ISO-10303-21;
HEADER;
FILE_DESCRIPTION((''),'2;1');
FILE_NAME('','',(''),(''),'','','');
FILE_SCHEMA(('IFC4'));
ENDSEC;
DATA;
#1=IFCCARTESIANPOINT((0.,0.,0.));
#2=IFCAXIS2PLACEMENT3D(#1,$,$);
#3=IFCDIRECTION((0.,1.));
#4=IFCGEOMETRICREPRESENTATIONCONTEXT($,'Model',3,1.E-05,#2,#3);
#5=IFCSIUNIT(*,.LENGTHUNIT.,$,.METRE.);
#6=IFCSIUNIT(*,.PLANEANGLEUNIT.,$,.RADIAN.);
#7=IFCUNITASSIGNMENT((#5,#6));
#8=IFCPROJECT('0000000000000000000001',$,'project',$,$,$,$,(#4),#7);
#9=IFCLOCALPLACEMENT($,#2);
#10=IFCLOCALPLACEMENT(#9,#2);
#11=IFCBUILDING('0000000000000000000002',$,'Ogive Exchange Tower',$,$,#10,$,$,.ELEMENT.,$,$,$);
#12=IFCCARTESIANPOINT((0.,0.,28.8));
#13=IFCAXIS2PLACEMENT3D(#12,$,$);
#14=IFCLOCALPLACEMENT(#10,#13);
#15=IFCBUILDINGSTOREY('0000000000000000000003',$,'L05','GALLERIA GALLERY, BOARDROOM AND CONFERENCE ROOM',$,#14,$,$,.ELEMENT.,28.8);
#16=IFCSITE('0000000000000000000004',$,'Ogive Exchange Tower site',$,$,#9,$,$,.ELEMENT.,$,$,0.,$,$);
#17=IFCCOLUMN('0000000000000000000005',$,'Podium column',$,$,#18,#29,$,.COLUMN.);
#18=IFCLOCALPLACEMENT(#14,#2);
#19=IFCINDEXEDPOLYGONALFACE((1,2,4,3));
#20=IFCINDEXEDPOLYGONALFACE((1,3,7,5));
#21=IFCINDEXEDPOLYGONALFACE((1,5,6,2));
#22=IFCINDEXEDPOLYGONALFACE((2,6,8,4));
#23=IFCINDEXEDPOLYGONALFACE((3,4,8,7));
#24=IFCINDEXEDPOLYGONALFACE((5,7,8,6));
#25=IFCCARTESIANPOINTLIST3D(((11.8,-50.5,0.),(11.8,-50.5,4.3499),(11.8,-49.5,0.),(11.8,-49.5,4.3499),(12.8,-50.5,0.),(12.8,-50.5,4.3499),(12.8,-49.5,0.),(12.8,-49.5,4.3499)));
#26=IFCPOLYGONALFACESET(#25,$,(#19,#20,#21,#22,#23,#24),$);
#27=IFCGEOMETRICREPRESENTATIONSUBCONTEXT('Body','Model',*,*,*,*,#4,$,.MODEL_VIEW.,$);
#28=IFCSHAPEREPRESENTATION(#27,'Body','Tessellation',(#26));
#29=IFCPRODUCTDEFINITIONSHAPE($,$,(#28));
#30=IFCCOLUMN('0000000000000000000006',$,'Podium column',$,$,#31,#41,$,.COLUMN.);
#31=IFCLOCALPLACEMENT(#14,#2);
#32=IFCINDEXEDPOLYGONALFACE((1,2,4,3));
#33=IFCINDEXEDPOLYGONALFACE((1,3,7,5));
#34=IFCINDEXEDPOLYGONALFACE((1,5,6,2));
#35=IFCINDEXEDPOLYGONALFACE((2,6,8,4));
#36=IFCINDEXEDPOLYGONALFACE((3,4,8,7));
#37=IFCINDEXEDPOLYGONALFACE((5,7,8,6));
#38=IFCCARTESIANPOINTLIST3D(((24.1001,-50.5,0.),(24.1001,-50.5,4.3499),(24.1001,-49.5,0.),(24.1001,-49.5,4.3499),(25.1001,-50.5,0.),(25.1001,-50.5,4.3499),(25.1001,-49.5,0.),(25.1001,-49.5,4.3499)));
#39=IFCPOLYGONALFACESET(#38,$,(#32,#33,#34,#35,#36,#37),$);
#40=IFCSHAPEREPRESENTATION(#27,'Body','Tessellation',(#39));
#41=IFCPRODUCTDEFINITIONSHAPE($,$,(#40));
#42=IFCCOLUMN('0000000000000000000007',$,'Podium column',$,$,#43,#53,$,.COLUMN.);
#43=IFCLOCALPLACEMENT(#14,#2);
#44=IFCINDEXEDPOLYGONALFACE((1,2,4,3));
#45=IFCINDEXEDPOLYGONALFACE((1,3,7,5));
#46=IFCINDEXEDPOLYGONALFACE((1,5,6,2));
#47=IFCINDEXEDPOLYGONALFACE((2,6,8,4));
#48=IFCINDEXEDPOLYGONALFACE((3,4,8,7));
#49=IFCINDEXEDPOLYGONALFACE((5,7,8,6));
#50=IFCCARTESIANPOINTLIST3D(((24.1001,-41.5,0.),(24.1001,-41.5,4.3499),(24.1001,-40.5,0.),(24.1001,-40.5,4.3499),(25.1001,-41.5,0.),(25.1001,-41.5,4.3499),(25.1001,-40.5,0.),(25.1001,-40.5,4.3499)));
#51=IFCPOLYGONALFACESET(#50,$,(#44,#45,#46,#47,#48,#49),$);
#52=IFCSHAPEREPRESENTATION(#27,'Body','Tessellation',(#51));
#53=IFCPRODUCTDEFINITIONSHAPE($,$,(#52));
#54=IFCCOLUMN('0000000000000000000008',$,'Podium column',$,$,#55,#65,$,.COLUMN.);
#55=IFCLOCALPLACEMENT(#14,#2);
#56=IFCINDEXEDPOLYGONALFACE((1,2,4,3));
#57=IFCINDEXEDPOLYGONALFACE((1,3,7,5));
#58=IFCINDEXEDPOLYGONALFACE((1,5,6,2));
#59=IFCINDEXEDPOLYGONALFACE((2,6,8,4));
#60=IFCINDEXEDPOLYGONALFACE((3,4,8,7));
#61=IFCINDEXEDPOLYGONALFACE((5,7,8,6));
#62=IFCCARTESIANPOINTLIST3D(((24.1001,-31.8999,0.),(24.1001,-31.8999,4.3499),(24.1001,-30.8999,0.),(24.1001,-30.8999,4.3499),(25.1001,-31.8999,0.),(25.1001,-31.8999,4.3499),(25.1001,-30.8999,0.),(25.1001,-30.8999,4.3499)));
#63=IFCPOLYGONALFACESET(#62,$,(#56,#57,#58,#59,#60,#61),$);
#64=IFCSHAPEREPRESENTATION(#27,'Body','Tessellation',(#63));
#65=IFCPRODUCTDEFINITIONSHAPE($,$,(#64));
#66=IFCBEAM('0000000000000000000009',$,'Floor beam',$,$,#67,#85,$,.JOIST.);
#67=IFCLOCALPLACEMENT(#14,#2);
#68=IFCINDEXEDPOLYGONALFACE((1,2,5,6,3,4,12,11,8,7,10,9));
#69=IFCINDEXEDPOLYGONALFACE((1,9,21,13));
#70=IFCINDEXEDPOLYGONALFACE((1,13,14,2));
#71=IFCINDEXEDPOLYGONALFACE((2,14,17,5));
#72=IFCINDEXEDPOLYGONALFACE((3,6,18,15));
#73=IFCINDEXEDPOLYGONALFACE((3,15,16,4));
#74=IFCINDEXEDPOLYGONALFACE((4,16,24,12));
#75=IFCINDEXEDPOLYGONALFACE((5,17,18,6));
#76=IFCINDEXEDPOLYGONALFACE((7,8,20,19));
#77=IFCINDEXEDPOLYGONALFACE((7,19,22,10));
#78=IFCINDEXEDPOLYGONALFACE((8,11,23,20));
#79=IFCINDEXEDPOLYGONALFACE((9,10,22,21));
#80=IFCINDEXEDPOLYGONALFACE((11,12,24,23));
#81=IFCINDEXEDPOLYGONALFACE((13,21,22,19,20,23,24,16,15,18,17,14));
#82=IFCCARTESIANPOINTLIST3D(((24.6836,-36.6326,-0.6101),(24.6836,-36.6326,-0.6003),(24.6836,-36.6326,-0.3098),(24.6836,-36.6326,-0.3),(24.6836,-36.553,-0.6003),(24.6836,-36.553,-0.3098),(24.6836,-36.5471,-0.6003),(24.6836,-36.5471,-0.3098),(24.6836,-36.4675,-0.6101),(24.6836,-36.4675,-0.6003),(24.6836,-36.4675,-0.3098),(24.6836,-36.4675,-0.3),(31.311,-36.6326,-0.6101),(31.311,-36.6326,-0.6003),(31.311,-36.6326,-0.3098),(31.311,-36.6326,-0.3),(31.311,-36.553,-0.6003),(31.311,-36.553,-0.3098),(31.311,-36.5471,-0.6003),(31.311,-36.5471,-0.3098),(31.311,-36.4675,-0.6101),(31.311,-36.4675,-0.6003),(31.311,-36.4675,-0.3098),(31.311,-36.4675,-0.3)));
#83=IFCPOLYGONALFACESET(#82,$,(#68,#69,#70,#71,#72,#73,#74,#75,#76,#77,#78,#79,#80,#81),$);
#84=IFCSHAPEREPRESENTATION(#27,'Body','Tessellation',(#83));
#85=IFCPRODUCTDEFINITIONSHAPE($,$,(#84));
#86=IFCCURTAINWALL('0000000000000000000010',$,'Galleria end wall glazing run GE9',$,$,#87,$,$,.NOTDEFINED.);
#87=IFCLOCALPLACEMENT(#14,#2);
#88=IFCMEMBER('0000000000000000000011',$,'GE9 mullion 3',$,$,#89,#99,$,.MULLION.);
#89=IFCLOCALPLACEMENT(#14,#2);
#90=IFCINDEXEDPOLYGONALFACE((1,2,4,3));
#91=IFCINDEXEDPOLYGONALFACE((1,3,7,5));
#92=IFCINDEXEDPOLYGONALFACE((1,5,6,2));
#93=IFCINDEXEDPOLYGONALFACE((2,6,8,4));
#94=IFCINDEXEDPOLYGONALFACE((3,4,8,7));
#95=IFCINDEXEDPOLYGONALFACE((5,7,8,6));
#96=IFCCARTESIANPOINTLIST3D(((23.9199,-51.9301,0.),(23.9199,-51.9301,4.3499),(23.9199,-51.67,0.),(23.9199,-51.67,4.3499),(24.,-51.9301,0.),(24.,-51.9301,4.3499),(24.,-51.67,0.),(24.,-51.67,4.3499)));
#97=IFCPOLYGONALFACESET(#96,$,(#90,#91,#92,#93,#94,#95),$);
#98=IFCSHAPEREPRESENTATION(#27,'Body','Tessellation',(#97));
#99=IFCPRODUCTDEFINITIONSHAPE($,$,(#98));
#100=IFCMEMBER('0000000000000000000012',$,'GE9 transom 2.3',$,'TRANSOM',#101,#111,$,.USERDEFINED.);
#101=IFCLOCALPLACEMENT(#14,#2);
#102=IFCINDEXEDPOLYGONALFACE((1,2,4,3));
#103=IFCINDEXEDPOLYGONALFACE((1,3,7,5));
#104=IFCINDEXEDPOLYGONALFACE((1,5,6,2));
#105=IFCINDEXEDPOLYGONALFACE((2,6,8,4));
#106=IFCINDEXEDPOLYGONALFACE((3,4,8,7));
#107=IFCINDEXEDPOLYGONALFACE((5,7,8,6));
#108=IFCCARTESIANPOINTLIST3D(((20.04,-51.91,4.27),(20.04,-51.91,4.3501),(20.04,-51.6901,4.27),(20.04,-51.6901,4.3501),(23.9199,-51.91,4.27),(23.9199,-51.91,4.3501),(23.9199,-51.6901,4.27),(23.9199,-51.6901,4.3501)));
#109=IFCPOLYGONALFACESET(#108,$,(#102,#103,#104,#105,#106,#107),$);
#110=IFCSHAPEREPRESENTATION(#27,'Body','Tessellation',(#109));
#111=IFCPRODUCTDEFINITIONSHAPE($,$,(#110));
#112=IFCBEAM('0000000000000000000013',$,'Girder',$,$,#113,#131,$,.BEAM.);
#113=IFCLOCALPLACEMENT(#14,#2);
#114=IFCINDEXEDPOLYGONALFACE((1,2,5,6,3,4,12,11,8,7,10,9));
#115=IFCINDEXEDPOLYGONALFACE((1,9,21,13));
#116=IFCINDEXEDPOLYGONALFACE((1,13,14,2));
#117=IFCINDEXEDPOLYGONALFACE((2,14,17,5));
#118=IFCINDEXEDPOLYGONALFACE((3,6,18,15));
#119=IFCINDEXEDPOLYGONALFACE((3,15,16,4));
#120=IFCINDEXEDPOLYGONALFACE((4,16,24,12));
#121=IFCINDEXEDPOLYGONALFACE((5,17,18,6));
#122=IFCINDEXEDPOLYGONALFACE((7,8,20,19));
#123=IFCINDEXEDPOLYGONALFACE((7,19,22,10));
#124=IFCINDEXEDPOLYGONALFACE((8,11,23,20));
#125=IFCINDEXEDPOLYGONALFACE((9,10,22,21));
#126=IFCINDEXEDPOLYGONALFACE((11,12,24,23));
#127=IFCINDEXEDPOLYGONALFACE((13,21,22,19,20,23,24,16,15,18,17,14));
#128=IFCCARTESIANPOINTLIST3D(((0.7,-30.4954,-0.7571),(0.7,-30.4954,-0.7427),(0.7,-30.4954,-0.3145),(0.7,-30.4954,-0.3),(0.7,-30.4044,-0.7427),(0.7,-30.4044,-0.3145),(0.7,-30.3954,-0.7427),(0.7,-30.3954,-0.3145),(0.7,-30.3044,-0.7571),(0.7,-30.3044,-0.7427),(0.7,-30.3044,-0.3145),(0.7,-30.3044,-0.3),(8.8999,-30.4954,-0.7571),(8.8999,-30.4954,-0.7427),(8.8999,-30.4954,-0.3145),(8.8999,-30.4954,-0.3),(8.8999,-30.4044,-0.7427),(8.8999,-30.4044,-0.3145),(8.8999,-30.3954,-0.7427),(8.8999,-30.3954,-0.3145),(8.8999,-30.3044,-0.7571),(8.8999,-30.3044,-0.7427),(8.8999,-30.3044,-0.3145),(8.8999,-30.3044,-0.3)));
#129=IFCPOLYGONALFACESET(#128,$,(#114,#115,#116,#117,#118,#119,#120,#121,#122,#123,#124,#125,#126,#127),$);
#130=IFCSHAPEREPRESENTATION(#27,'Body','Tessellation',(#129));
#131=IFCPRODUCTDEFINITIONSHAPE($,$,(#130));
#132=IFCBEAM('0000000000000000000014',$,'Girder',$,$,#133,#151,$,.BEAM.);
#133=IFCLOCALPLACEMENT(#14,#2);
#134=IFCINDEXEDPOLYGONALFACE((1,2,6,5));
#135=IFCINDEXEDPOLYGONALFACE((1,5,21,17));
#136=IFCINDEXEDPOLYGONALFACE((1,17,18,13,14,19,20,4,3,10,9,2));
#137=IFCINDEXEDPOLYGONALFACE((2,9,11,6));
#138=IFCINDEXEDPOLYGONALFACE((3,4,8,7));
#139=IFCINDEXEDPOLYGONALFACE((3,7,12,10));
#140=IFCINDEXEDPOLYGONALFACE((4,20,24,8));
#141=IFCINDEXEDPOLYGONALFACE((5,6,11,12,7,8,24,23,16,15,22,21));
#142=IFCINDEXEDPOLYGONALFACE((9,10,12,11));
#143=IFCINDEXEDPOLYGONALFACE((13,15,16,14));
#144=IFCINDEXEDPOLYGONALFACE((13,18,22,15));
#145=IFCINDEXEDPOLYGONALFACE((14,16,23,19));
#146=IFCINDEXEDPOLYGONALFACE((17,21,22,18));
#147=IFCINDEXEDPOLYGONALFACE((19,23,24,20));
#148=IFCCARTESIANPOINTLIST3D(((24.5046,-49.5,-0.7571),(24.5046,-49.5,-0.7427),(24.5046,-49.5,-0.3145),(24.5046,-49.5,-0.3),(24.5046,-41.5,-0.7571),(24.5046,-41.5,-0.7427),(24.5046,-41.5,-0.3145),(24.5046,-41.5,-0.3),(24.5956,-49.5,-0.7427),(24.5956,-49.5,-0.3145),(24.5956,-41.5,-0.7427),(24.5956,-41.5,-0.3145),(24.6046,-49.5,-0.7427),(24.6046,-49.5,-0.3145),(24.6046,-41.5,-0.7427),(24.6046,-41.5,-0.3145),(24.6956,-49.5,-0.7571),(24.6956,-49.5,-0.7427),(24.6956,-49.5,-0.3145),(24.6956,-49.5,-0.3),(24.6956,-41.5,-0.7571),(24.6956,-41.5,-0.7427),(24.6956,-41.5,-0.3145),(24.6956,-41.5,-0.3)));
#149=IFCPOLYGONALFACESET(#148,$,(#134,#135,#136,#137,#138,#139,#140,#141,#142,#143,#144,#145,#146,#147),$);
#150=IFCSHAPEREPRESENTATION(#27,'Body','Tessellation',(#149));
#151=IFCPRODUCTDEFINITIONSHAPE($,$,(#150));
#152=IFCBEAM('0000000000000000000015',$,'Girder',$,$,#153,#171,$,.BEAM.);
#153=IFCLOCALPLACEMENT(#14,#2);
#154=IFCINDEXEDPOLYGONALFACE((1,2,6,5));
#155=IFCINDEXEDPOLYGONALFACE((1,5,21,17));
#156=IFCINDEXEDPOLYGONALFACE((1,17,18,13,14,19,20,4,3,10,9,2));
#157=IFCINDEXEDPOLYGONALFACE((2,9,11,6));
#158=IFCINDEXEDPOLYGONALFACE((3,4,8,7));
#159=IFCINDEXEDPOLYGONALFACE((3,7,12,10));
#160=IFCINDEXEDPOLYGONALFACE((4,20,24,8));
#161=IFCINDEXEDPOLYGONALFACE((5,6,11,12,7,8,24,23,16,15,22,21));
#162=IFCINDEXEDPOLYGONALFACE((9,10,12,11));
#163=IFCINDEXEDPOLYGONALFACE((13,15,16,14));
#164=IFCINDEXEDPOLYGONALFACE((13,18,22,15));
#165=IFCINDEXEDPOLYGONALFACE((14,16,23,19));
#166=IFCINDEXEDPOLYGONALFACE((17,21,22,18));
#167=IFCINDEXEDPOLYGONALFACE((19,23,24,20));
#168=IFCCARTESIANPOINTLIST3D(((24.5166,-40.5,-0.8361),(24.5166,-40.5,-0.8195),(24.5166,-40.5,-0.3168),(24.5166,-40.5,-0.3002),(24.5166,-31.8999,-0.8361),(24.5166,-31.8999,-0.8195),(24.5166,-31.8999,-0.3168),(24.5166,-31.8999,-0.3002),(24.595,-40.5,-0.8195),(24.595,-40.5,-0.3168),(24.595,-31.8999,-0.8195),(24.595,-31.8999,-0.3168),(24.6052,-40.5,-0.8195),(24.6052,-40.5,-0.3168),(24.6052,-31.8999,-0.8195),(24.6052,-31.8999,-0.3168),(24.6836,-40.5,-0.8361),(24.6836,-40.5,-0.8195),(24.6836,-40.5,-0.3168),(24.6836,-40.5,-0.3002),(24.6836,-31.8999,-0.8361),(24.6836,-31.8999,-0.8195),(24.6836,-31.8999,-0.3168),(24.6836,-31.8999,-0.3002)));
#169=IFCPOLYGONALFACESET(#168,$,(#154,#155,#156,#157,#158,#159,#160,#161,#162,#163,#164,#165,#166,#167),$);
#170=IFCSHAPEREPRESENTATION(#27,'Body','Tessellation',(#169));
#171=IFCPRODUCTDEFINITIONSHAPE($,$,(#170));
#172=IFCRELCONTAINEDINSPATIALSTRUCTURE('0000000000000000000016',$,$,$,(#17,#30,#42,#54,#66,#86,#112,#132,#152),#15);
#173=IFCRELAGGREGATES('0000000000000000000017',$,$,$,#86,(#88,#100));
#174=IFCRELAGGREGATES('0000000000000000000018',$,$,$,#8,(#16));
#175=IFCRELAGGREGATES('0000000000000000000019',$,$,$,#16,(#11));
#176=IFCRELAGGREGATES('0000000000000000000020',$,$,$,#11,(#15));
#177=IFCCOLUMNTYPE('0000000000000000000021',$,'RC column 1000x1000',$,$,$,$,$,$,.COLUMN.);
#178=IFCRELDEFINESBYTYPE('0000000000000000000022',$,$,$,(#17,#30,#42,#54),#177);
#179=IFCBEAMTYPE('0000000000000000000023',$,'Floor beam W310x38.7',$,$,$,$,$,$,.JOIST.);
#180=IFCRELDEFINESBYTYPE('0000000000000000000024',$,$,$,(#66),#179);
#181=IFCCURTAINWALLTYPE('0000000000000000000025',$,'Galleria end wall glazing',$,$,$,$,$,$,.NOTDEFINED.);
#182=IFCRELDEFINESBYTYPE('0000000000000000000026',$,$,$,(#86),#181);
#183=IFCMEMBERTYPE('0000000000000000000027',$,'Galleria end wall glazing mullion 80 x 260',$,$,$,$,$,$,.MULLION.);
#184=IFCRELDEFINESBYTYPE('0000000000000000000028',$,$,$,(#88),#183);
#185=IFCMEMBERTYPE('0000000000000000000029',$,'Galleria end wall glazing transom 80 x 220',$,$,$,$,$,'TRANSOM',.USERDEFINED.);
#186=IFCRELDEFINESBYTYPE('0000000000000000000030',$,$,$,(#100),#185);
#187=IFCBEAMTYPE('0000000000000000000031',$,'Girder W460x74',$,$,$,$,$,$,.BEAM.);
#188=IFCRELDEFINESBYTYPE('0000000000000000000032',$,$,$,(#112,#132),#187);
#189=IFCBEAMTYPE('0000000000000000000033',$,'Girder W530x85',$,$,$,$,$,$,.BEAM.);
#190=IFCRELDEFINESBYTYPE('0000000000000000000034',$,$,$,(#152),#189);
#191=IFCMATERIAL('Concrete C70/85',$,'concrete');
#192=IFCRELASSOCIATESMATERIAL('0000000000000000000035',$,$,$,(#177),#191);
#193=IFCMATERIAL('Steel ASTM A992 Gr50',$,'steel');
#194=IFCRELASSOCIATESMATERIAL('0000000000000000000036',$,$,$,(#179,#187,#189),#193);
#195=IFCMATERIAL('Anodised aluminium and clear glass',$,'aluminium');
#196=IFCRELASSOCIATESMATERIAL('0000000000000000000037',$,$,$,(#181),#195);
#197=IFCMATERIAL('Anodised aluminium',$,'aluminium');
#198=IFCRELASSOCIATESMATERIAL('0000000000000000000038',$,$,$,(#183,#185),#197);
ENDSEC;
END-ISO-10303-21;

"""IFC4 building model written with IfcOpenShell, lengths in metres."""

from ifc_helpers import new_model, si_unit, direction, frame, origin, origin_2d, place, context, subcontext, project, spatial, rectangle, i_section, extrude, material, material_profile, profile_set, type_object, element, aggregate, save


model = new_model("IFC4")

# Units and contexts
model_context = context("Model", 3, precision=1e-05, world=origin(), true_north=direction((0.0, 1.0)))
body_context = subcontext(model_context, "Body", "Model", "MODEL_VIEW")
ifc_project = project(units=[si_unit("LENGTHUNIT", "METRE"), si_unit("PLANEANGLEUNIT", "RADIAN")], contexts=[model_context])

# Site, building, storey
site_placement = place(None, origin())
site = spatial("IfcSite", under=ifc_project, at=site_placement, Name="Ogive Exchange Tower site", CompositionType="ELEMENT", RefElevation=0.0)
building_placement = place(site_placement, origin())
building = spatial("IfcBuilding", under=site, at=building_placement, Name="Ogive Exchange Tower", CompositionType="ELEMENT")
storey_placement = place(building_placement, frame((0.0, 0.0, 28.8)))
storey = spatial("IfcBuildingStorey", under=building, at=storey_placement, Name="L05", Description="GALLERIA GALLERY, BOARDROOM AND CONFERENCE ROOM", CompositionType="ELEMENT", Elevation=28.8)

# Columns
ifc_material_1 = material(Name="Concrete C70/85", Category="concrete")
ifc_material_profile_1 = material_profile(ifc_material_1, rectangle(XDim=1.0, YDim=1.0, at=origin_2d()), Name="RC 1000x1000")
ifc_profile_set_1 = profile_set([ifc_material_profile_1], Name="Concrete C70/85")
column_type = type_object("IfcColumnType", Name="RC column 1000x1000", PredefinedType="COLUMN", material=ifc_profile_set_1)
for number, where, z_axis, x_axis, name in (
    (1, (12.3, -50.0, 0.0), (0.0, 0.0, 1.0), (1.0, 0.0, 0.0), "Podium column"),
    (2, (24.6001, -50.0, 0.0), (0.0, 0.0, 1.0), (1.0, 0.0, 0.0), "Podium column"),
    (3, (24.6001, -41.0, 0.0), (0.0, 0.0, 1.0), (1.0, 0.0, 0.0), "Podium column"),
    (4, (24.6001, -31.3999, 0.0), (0.0, 0.0, 1.0), (1.0, 0.0, 0.0), "Podium column"),
):
    element("IfcColumn", number, at=place(storey_placement, frame(where, z_axis=z_axis, x_axis=x_axis)), inside=storey, type_object=column_type, Name=name, PredefinedType="COLUMN", context=body_context, shape_type="SweptSolid", body=[
        extrude(rectangle(XDim=1.0, YDim=1.0, at=origin_2d()), origin(), (0.0, 0.0, 1.0), 4.3499),
    ])

# Beam
ifc_material_2 = material(Name="Steel ASTM A992 Gr50", Category="steel")
ifc_material_profile_2 = material_profile(ifc_material_2, i_section(OverallWidth=0.165, OverallDepth=0.3101, WebThickness=0.0059, FlangeThickness=0.0098, at=origin_2d()), Name="W310x38.7")
ifc_profile_set_2 = profile_set([ifc_material_profile_2], Name="Steel ASTM A992 Gr50")
beam_type_1 = type_object("IfcBeamType", Name="Floor beam W310x38.7", PredefinedType="JOIST", material=ifc_profile_set_2)
beam_1_placement = place(storey_placement, frame((24.6836, -36.55, -0.4551), z_axis=(1.0, 0.0, 0.0), x_axis=(0.0, 1.0, 0.0)))
element("IfcBeam", 5, at=beam_1_placement, inside=storey, type_object=beam_type_1, Name="Floor beam", PredefinedType="JOIST", context=body_context, shape_type="SweptSolid", body=[
    extrude(i_section(OverallWidth=0.165, OverallDepth=0.3101, WebThickness=0.0059, FlangeThickness=0.0098, at=origin_2d()), origin(), (0.0, 0.0, 1.0), 6.6274),
])

# Curtain wall, members
ifc_material_3 = material(Name="Anodised aluminium and clear glass", Category="aluminium")
curtain_wall_type = type_object("IfcCurtainWallType", Name="Galleria end wall glazing", PredefinedType="NOTDEFINED", material=ifc_material_3)
curtain_wall_placement = place(storey_placement, origin())
curtain_wall = element("IfcCurtainWall", 6, at=curtain_wall_placement, inside=storey, type_object=curtain_wall_type, Name="Galleria end wall glazing run GE9", PredefinedType="NOTDEFINED")
ifc_material_4 = material(Name="Anodised aluminium", Category="aluminium")
ifc_material_profile_3 = material_profile(ifc_material_4, rectangle(XDim=0.26, YDim=0.0801, at=origin_2d()), Name="AL 80x260")
ifc_profile_set_3 = profile_set([ifc_material_profile_3], Name="Anodised aluminium")
member_type_1 = type_object("IfcMemberType", Name="Galleria end wall glazing mullion 80 x 260", PredefinedType="MULLION", material=ifc_profile_set_3)
member_1_placement = place(storey_placement, frame((23.96, -51.8, 0.0), z_axis=(0.0, 0.0, 1.0), x_axis=(0.0, 1.0, 0.0)))
member_1 = element("IfcMember", 7, at=member_1_placement, type_object=member_type_1, Name="GE9 mullion 3", PredefinedType="MULLION", context=body_context, shape_type="SweptSolid", body=[
    extrude(rectangle(XDim=0.26, YDim=0.0801, at=origin_2d()), origin(), (0.0, 0.0, 1.0), 4.3499),
])
ifc_material_profile_4 = material_profile(ifc_material_4, rectangle(XDim=0.22, YDim=0.0801, at=origin_2d()), Name="AL 80x220")
ifc_profile_set_4 = profile_set([ifc_material_profile_4], Name="Anodised aluminium")
member_type_2 = type_object("IfcMemberType", Name="Galleria end wall glazing transom 80 x 220", ElementType="TRANSOM", PredefinedType="USERDEFINED", material=ifc_profile_set_4)
member_2_placement = place(storey_placement, frame((20.04, -51.8, 4.3101), z_axis=(1.0, 0.0, 0.0), x_axis=(0.0, 1.0, 0.0)))
member_2 = element("IfcMember", 8, at=member_2_placement, type_object=member_type_2, Name="GE9 transom 2.3", ObjectType="TRANSOM", PredefinedType="USERDEFINED", context=body_context, shape_type="SweptSolid", body=[
    extrude(rectangle(XDim=0.22, YDim=0.0801, at=origin_2d()), origin(), (0.0, 0.0, 1.0), 3.8799),
])

# Beams
ifc_material_profile_5 = material_profile(ifc_material_2, i_section(OverallWidth=0.1909, OverallDepth=0.457, WebThickness=0.009, FlangeThickness=0.0144, at=origin_2d()), Name="W460x74")
ifc_profile_set_5 = profile_set([ifc_material_profile_5], Name="Steel ASTM A992 Gr50")
beam_type_2 = type_object("IfcBeamType", Name="Girder W460x74", PredefinedType="BEAM", material=ifc_profile_set_5)
beam_2_placement = place(storey_placement, frame((0.7, -30.3999, -0.5286), z_axis=(1.0, 0.0, 0.0), x_axis=(0.0, 1.0, 0.0)))
element("IfcBeam", 9, at=beam_2_placement, inside=storey, type_object=beam_type_2, Name="Girder", PredefinedType="BEAM", context=body_context, shape_type="SweptSolid", body=[
    extrude(i_section(OverallWidth=0.1909, OverallDepth=0.457, WebThickness=0.009, FlangeThickness=0.0144, at=origin_2d()), origin(), (0.0, 0.0, 1.0), 8.2),
])
beam_3_placement = place(storey_placement, frame((24.6001, -49.5, -0.5286), z_axis=(0.0, 1.0, 0.0), x_axis=(-1.0, 0.0, 0.0)))
element("IfcBeam", 10, at=beam_3_placement, inside=storey, type_object=beam_type_2, Name="Girder", PredefinedType="BEAM", context=body_context, shape_type="SweptSolid", body=[
    extrude(i_section(OverallWidth=0.1909, OverallDepth=0.457, WebThickness=0.009, FlangeThickness=0.0144, at=origin_2d()), origin(), (0.0, 0.0, 1.0), 8.0),
])
ifc_material_profile_6 = material_profile(ifc_material_2, i_section(OverallWidth=0.167, OverallDepth=0.5359, WebThickness=0.0103, FlangeThickness=0.0166, at=origin_2d()), Name="W530x85")
ifc_profile_set_6 = profile_set([ifc_material_profile_6], Name="Steel ASTM A992 Gr50")
beam_type_3 = type_object("IfcBeamType", Name="Girder W530x85", PredefinedType="BEAM", material=ifc_profile_set_6)
beam_4_placement = place(storey_placement, frame((24.6001, -40.5, -0.5681), z_axis=(0.0, 1.0, 0.0), x_axis=(-1.0, 0.0, 0.0)))
element("IfcBeam", 11, at=beam_4_placement, inside=storey, type_object=beam_type_3, Name="Girder", PredefinedType="BEAM", context=body_context, shape_type="SweptSolid", body=[
    extrude(i_section(OverallWidth=0.167, OverallDepth=0.5359, WebThickness=0.0103, FlangeThickness=0.0166, at=origin_2d()), origin(), (0.0, 0.0, 1.0), 8.6001),
])

aggregate(curtain_wall, [member_1, member_2])

save(model, "model.ifc")
